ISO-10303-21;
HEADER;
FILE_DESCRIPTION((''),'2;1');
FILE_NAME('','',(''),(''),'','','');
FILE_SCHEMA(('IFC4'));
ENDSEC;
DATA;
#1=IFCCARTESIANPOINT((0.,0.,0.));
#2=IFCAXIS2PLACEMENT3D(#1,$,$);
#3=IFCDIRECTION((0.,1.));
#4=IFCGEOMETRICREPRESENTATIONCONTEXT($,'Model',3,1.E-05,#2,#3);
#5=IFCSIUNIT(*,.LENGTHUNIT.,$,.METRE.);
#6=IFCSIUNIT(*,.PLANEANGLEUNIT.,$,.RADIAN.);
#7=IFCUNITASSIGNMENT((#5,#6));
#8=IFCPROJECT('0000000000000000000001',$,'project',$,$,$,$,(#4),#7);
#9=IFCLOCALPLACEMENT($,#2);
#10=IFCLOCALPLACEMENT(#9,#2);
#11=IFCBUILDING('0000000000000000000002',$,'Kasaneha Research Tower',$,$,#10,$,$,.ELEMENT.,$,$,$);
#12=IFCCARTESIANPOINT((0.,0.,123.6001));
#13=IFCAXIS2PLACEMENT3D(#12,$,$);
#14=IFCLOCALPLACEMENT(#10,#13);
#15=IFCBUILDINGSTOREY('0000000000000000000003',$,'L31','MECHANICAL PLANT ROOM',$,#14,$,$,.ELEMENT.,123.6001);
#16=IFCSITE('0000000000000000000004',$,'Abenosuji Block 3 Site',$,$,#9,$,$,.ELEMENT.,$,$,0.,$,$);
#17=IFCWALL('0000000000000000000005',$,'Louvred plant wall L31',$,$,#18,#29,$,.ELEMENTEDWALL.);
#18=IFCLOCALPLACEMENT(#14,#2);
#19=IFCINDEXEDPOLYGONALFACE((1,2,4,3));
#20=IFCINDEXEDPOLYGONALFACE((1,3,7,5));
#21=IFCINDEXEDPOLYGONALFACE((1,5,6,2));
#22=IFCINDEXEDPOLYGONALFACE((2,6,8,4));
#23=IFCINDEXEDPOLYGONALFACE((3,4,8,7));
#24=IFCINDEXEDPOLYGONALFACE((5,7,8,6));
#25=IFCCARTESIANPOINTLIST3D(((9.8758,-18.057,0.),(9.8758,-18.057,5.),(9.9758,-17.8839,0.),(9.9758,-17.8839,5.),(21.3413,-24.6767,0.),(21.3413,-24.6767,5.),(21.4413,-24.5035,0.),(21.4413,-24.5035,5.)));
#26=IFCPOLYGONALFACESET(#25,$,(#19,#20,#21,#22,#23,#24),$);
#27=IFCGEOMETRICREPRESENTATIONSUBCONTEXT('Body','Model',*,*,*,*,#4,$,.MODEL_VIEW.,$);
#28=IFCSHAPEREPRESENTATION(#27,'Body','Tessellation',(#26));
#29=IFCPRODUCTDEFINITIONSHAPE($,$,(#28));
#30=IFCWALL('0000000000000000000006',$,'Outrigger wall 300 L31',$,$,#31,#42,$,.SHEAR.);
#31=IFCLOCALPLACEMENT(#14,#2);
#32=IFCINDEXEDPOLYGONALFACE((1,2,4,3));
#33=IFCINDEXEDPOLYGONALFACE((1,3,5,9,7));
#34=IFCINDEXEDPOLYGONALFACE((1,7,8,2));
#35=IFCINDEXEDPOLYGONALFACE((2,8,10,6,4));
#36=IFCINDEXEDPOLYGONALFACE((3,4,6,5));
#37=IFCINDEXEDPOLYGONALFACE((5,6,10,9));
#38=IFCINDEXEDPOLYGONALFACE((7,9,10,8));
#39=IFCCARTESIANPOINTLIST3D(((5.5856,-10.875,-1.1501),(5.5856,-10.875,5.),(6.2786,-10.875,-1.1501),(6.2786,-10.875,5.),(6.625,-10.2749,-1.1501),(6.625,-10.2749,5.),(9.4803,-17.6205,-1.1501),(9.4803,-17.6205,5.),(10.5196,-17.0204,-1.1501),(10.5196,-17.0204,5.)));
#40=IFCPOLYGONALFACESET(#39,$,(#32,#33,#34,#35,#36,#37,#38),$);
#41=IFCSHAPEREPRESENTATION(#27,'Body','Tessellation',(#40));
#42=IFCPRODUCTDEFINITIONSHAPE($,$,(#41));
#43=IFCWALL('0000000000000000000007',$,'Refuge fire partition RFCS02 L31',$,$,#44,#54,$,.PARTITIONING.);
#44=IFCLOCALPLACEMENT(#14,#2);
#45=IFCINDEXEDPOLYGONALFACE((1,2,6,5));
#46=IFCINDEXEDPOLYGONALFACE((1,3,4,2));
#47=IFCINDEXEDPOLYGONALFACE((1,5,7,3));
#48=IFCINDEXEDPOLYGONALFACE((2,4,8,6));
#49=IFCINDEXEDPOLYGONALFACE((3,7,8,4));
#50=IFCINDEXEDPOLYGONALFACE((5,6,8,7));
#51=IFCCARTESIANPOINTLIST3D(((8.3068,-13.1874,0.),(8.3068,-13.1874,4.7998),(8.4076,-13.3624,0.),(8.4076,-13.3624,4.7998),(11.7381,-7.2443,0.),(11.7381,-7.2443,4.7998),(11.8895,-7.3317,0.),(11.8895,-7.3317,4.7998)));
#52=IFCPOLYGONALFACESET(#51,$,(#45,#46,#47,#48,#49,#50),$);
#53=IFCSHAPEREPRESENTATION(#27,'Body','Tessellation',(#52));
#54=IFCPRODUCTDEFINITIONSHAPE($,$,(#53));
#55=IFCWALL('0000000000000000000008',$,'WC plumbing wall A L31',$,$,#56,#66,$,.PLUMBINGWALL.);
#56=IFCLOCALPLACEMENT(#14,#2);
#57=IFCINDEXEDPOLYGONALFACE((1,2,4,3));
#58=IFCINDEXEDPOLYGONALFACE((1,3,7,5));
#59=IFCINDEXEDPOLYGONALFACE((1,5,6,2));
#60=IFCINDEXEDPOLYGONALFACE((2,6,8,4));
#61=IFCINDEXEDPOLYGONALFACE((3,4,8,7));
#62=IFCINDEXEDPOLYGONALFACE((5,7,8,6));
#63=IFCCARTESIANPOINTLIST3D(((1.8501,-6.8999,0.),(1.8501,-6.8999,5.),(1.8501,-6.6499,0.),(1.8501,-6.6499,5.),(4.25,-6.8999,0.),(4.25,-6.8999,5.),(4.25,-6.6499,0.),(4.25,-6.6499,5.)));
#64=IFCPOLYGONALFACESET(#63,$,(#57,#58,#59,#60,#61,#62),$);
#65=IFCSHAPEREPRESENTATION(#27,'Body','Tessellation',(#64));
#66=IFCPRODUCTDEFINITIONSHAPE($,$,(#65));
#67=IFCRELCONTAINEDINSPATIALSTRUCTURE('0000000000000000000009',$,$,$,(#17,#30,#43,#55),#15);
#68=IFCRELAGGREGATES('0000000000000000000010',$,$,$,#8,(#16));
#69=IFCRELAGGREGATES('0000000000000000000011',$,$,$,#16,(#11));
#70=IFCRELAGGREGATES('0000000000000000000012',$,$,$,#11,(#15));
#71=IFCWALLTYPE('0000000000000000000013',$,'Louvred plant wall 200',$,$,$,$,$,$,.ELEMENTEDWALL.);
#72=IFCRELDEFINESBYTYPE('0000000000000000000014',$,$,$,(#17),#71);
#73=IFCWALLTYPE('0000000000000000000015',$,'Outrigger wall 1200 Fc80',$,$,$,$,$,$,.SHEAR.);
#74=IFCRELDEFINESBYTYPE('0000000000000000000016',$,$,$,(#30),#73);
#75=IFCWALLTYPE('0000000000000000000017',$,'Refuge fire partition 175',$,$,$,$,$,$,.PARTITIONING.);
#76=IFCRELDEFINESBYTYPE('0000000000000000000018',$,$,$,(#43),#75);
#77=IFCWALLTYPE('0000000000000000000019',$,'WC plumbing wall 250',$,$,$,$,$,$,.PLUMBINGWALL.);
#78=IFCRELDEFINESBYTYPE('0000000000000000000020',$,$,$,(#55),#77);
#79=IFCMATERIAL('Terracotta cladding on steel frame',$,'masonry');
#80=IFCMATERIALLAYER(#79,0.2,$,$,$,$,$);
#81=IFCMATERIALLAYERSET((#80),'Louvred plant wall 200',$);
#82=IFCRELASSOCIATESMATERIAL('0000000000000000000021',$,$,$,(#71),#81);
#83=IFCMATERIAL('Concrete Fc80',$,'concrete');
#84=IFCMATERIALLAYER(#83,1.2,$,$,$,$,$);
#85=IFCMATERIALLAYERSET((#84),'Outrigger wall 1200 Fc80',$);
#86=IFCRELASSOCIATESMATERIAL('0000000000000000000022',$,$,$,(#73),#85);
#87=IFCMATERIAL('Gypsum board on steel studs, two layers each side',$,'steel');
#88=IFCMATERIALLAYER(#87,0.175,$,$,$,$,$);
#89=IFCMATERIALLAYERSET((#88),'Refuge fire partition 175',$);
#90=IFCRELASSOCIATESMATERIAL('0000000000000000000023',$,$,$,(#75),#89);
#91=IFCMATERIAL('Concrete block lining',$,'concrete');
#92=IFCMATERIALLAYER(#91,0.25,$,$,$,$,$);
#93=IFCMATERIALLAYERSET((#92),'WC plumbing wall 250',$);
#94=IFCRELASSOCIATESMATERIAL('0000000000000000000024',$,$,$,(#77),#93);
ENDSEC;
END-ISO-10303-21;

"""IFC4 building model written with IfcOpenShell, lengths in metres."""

from ifc_helpers import new_model, si_unit, direction, frame, frame_2d, origin, place, context, subcontext, project, spatial, polyline, rectangle, outline, extrude, material, layer, layer_set, type_object, element, save


model = new_model("IFC4")

# Units and contexts
model_context = context("Model", 3, precision=1e-05, world=origin(), true_north=direction((0.0, 1.0)))
body_context = subcontext(model_context, "Body", "Model", "MODEL_VIEW")
ifc_project = project(units=[si_unit("LENGTHUNIT", "METRE"), si_unit("PLANEANGLEUNIT", "RADIAN")], contexts=[model_context])

# Site, building, storey
site_placement = place(None, origin())
site = spatial("IfcSite", under=ifc_project, at=site_placement, Name="Abenosuji Block 3 Site", CompositionType="ELEMENT", RefElevation=0.0)
building_placement = place(site_placement, origin())
building = spatial("IfcBuilding", under=site, at=building_placement, Name="Kasaneha Research Tower", CompositionType="ELEMENT")
storey_placement = place(building_placement, frame((0.0, 0.0, 123.6001)))
storey = spatial("IfcBuildingStorey", under=building, at=storey_placement, Name="L31", Description="MECHANICAL PLANT ROOM", CompositionType="ELEMENT", Elevation=123.6001)

# Walls
ifc_material_1 = material(Name="Terracotta cladding on steel frame", Category="masonry")
ifc_layer_1 = layer(ifc_material_1, 0.2)
ifc_layer_set_1 = layer_set([ifc_layer_1], Name="Louvred plant wall 200")
wall_type_1 = type_object("IfcWallType", Name="Louvred plant wall 200", PredefinedType="ELEMENTEDWALL", material=ifc_layer_set_1)
wall_1_placement = place(storey_placement, frame((9.9258, -17.9705, 0.0), z_axis=(0.0, 0.0, 1.0), x_axis=(0.866026, -0.499999, 0.0)))
element("IfcWall", 1, at=wall_1_placement, inside=storey, type_object=wall_type_1, Name="Louvred plant wall L31", PredefinedType="ELEMENTEDWALL", context=body_context, shape_type="SweptSolid", body=[
    extrude(rectangle(XDim=13.2393, YDim=0.2, at=frame_2d((6.6196, 0.0))), origin(), (0.0, 0.0, 1.0), 5.0),
])
ifc_material_2 = material(Name="Concrete Fc80", Category="concrete")
ifc_layer_2 = layer(ifc_material_2, 1.2)
ifc_layer_set_2 = layer_set([ifc_layer_2], Name="Outrigger wall 1200 Fc80")
wall_type_2 = type_object("IfcWallType", Name="Outrigger wall 1200 Fc80", PredefinedType="SHEAR", material=ifc_layer_set_2)
wall_2_placement = place(storey_placement, frame((6.2786, -10.875, -1.1501), z_axis=(0.0, 0.0, 1.0), x_axis=(0.500009, -0.86602, 0.0)))
element("IfcWall", 2, at=wall_2_placement, inside=storey, type_object=wall_type_2, Name="Outrigger wall 300 L31", PredefinedType="SHEAR", context=body_context, shape_type="SweptSolid", body=[
    extrude(outline(polyline([(-0.3464, -0.6001), (7.4426, -0.6001), (7.4426, 0.6001), (-0.3464, 0.6001), (0.0, 0.0), (-0.3464, -0.6001)])), origin(), (0.0, 0.0, 1.0), 6.1501),
])
ifc_material_3 = material(Name="Gypsum board on steel studs, two layers each side", Category="steel")
ifc_layer_3 = layer(ifc_material_3, 0.175)
ifc_layer_set_3 = layer_set([ifc_layer_3], Name="Refuge fire partition 175")
wall_type_3 = type_object("IfcWallType", Name="Refuge fire partition 175", PredefinedType="PARTITIONING", material=ifc_layer_set_3)
wall_3_placement = place(storey_placement, frame((8.3572, -13.2749, 0.0), z_axis=(0.0, 0.0, 1.0), x_axis=(0.500006, 0.866022, 0.0)))
element("IfcWall", 3, at=wall_3_placement, inside=storey, type_object=wall_type_3, Name="Refuge fire partition RFCS02 L31", PredefinedType="PARTITIONING", context=body_context, shape_type="SweptSolid", body=[
    extrude(outline(polyline([(-0.0505, -0.0874), (6.9131, -0.0874), (6.9131, 0.0874), (0.0505, 0.0874), (-0.0505, -0.0874)])), origin(), (0.0, 0.0, 1.0), 4.7998),
])
ifc_material_4 = material(Name="Concrete block lining", Category="concrete")
ifc_layer_4 = layer(ifc_material_4, 0.25)
ifc_layer_set_4 = layer_set([ifc_layer_4], Name="WC plumbing wall 250")
wall_type_4 = type_object("IfcWallType", Name="WC plumbing wall 250", PredefinedType="PLUMBINGWALL", material=ifc_layer_set_4)
wall_4_placement = place(storey_placement, frame((1.8501, -6.7749, 0.0), z_axis=(0.0, 0.0, 1.0), x_axis=(1.0, 0.0, 0.0)))
element("IfcWall", 4, at=wall_4_placement, inside=storey, type_object=wall_type_4, Name="WC plumbing wall A L31", PredefinedType="PLUMBINGWALL", context=body_context, shape_type="SweptSolid", body=[
    extrude(rectangle(XDim=2.3999, YDim=0.25, at=frame_2d((1.2, 0.0))), origin(), (0.0, 0.0, 1.0), 5.0),
])

save(model, "model.ifc")
